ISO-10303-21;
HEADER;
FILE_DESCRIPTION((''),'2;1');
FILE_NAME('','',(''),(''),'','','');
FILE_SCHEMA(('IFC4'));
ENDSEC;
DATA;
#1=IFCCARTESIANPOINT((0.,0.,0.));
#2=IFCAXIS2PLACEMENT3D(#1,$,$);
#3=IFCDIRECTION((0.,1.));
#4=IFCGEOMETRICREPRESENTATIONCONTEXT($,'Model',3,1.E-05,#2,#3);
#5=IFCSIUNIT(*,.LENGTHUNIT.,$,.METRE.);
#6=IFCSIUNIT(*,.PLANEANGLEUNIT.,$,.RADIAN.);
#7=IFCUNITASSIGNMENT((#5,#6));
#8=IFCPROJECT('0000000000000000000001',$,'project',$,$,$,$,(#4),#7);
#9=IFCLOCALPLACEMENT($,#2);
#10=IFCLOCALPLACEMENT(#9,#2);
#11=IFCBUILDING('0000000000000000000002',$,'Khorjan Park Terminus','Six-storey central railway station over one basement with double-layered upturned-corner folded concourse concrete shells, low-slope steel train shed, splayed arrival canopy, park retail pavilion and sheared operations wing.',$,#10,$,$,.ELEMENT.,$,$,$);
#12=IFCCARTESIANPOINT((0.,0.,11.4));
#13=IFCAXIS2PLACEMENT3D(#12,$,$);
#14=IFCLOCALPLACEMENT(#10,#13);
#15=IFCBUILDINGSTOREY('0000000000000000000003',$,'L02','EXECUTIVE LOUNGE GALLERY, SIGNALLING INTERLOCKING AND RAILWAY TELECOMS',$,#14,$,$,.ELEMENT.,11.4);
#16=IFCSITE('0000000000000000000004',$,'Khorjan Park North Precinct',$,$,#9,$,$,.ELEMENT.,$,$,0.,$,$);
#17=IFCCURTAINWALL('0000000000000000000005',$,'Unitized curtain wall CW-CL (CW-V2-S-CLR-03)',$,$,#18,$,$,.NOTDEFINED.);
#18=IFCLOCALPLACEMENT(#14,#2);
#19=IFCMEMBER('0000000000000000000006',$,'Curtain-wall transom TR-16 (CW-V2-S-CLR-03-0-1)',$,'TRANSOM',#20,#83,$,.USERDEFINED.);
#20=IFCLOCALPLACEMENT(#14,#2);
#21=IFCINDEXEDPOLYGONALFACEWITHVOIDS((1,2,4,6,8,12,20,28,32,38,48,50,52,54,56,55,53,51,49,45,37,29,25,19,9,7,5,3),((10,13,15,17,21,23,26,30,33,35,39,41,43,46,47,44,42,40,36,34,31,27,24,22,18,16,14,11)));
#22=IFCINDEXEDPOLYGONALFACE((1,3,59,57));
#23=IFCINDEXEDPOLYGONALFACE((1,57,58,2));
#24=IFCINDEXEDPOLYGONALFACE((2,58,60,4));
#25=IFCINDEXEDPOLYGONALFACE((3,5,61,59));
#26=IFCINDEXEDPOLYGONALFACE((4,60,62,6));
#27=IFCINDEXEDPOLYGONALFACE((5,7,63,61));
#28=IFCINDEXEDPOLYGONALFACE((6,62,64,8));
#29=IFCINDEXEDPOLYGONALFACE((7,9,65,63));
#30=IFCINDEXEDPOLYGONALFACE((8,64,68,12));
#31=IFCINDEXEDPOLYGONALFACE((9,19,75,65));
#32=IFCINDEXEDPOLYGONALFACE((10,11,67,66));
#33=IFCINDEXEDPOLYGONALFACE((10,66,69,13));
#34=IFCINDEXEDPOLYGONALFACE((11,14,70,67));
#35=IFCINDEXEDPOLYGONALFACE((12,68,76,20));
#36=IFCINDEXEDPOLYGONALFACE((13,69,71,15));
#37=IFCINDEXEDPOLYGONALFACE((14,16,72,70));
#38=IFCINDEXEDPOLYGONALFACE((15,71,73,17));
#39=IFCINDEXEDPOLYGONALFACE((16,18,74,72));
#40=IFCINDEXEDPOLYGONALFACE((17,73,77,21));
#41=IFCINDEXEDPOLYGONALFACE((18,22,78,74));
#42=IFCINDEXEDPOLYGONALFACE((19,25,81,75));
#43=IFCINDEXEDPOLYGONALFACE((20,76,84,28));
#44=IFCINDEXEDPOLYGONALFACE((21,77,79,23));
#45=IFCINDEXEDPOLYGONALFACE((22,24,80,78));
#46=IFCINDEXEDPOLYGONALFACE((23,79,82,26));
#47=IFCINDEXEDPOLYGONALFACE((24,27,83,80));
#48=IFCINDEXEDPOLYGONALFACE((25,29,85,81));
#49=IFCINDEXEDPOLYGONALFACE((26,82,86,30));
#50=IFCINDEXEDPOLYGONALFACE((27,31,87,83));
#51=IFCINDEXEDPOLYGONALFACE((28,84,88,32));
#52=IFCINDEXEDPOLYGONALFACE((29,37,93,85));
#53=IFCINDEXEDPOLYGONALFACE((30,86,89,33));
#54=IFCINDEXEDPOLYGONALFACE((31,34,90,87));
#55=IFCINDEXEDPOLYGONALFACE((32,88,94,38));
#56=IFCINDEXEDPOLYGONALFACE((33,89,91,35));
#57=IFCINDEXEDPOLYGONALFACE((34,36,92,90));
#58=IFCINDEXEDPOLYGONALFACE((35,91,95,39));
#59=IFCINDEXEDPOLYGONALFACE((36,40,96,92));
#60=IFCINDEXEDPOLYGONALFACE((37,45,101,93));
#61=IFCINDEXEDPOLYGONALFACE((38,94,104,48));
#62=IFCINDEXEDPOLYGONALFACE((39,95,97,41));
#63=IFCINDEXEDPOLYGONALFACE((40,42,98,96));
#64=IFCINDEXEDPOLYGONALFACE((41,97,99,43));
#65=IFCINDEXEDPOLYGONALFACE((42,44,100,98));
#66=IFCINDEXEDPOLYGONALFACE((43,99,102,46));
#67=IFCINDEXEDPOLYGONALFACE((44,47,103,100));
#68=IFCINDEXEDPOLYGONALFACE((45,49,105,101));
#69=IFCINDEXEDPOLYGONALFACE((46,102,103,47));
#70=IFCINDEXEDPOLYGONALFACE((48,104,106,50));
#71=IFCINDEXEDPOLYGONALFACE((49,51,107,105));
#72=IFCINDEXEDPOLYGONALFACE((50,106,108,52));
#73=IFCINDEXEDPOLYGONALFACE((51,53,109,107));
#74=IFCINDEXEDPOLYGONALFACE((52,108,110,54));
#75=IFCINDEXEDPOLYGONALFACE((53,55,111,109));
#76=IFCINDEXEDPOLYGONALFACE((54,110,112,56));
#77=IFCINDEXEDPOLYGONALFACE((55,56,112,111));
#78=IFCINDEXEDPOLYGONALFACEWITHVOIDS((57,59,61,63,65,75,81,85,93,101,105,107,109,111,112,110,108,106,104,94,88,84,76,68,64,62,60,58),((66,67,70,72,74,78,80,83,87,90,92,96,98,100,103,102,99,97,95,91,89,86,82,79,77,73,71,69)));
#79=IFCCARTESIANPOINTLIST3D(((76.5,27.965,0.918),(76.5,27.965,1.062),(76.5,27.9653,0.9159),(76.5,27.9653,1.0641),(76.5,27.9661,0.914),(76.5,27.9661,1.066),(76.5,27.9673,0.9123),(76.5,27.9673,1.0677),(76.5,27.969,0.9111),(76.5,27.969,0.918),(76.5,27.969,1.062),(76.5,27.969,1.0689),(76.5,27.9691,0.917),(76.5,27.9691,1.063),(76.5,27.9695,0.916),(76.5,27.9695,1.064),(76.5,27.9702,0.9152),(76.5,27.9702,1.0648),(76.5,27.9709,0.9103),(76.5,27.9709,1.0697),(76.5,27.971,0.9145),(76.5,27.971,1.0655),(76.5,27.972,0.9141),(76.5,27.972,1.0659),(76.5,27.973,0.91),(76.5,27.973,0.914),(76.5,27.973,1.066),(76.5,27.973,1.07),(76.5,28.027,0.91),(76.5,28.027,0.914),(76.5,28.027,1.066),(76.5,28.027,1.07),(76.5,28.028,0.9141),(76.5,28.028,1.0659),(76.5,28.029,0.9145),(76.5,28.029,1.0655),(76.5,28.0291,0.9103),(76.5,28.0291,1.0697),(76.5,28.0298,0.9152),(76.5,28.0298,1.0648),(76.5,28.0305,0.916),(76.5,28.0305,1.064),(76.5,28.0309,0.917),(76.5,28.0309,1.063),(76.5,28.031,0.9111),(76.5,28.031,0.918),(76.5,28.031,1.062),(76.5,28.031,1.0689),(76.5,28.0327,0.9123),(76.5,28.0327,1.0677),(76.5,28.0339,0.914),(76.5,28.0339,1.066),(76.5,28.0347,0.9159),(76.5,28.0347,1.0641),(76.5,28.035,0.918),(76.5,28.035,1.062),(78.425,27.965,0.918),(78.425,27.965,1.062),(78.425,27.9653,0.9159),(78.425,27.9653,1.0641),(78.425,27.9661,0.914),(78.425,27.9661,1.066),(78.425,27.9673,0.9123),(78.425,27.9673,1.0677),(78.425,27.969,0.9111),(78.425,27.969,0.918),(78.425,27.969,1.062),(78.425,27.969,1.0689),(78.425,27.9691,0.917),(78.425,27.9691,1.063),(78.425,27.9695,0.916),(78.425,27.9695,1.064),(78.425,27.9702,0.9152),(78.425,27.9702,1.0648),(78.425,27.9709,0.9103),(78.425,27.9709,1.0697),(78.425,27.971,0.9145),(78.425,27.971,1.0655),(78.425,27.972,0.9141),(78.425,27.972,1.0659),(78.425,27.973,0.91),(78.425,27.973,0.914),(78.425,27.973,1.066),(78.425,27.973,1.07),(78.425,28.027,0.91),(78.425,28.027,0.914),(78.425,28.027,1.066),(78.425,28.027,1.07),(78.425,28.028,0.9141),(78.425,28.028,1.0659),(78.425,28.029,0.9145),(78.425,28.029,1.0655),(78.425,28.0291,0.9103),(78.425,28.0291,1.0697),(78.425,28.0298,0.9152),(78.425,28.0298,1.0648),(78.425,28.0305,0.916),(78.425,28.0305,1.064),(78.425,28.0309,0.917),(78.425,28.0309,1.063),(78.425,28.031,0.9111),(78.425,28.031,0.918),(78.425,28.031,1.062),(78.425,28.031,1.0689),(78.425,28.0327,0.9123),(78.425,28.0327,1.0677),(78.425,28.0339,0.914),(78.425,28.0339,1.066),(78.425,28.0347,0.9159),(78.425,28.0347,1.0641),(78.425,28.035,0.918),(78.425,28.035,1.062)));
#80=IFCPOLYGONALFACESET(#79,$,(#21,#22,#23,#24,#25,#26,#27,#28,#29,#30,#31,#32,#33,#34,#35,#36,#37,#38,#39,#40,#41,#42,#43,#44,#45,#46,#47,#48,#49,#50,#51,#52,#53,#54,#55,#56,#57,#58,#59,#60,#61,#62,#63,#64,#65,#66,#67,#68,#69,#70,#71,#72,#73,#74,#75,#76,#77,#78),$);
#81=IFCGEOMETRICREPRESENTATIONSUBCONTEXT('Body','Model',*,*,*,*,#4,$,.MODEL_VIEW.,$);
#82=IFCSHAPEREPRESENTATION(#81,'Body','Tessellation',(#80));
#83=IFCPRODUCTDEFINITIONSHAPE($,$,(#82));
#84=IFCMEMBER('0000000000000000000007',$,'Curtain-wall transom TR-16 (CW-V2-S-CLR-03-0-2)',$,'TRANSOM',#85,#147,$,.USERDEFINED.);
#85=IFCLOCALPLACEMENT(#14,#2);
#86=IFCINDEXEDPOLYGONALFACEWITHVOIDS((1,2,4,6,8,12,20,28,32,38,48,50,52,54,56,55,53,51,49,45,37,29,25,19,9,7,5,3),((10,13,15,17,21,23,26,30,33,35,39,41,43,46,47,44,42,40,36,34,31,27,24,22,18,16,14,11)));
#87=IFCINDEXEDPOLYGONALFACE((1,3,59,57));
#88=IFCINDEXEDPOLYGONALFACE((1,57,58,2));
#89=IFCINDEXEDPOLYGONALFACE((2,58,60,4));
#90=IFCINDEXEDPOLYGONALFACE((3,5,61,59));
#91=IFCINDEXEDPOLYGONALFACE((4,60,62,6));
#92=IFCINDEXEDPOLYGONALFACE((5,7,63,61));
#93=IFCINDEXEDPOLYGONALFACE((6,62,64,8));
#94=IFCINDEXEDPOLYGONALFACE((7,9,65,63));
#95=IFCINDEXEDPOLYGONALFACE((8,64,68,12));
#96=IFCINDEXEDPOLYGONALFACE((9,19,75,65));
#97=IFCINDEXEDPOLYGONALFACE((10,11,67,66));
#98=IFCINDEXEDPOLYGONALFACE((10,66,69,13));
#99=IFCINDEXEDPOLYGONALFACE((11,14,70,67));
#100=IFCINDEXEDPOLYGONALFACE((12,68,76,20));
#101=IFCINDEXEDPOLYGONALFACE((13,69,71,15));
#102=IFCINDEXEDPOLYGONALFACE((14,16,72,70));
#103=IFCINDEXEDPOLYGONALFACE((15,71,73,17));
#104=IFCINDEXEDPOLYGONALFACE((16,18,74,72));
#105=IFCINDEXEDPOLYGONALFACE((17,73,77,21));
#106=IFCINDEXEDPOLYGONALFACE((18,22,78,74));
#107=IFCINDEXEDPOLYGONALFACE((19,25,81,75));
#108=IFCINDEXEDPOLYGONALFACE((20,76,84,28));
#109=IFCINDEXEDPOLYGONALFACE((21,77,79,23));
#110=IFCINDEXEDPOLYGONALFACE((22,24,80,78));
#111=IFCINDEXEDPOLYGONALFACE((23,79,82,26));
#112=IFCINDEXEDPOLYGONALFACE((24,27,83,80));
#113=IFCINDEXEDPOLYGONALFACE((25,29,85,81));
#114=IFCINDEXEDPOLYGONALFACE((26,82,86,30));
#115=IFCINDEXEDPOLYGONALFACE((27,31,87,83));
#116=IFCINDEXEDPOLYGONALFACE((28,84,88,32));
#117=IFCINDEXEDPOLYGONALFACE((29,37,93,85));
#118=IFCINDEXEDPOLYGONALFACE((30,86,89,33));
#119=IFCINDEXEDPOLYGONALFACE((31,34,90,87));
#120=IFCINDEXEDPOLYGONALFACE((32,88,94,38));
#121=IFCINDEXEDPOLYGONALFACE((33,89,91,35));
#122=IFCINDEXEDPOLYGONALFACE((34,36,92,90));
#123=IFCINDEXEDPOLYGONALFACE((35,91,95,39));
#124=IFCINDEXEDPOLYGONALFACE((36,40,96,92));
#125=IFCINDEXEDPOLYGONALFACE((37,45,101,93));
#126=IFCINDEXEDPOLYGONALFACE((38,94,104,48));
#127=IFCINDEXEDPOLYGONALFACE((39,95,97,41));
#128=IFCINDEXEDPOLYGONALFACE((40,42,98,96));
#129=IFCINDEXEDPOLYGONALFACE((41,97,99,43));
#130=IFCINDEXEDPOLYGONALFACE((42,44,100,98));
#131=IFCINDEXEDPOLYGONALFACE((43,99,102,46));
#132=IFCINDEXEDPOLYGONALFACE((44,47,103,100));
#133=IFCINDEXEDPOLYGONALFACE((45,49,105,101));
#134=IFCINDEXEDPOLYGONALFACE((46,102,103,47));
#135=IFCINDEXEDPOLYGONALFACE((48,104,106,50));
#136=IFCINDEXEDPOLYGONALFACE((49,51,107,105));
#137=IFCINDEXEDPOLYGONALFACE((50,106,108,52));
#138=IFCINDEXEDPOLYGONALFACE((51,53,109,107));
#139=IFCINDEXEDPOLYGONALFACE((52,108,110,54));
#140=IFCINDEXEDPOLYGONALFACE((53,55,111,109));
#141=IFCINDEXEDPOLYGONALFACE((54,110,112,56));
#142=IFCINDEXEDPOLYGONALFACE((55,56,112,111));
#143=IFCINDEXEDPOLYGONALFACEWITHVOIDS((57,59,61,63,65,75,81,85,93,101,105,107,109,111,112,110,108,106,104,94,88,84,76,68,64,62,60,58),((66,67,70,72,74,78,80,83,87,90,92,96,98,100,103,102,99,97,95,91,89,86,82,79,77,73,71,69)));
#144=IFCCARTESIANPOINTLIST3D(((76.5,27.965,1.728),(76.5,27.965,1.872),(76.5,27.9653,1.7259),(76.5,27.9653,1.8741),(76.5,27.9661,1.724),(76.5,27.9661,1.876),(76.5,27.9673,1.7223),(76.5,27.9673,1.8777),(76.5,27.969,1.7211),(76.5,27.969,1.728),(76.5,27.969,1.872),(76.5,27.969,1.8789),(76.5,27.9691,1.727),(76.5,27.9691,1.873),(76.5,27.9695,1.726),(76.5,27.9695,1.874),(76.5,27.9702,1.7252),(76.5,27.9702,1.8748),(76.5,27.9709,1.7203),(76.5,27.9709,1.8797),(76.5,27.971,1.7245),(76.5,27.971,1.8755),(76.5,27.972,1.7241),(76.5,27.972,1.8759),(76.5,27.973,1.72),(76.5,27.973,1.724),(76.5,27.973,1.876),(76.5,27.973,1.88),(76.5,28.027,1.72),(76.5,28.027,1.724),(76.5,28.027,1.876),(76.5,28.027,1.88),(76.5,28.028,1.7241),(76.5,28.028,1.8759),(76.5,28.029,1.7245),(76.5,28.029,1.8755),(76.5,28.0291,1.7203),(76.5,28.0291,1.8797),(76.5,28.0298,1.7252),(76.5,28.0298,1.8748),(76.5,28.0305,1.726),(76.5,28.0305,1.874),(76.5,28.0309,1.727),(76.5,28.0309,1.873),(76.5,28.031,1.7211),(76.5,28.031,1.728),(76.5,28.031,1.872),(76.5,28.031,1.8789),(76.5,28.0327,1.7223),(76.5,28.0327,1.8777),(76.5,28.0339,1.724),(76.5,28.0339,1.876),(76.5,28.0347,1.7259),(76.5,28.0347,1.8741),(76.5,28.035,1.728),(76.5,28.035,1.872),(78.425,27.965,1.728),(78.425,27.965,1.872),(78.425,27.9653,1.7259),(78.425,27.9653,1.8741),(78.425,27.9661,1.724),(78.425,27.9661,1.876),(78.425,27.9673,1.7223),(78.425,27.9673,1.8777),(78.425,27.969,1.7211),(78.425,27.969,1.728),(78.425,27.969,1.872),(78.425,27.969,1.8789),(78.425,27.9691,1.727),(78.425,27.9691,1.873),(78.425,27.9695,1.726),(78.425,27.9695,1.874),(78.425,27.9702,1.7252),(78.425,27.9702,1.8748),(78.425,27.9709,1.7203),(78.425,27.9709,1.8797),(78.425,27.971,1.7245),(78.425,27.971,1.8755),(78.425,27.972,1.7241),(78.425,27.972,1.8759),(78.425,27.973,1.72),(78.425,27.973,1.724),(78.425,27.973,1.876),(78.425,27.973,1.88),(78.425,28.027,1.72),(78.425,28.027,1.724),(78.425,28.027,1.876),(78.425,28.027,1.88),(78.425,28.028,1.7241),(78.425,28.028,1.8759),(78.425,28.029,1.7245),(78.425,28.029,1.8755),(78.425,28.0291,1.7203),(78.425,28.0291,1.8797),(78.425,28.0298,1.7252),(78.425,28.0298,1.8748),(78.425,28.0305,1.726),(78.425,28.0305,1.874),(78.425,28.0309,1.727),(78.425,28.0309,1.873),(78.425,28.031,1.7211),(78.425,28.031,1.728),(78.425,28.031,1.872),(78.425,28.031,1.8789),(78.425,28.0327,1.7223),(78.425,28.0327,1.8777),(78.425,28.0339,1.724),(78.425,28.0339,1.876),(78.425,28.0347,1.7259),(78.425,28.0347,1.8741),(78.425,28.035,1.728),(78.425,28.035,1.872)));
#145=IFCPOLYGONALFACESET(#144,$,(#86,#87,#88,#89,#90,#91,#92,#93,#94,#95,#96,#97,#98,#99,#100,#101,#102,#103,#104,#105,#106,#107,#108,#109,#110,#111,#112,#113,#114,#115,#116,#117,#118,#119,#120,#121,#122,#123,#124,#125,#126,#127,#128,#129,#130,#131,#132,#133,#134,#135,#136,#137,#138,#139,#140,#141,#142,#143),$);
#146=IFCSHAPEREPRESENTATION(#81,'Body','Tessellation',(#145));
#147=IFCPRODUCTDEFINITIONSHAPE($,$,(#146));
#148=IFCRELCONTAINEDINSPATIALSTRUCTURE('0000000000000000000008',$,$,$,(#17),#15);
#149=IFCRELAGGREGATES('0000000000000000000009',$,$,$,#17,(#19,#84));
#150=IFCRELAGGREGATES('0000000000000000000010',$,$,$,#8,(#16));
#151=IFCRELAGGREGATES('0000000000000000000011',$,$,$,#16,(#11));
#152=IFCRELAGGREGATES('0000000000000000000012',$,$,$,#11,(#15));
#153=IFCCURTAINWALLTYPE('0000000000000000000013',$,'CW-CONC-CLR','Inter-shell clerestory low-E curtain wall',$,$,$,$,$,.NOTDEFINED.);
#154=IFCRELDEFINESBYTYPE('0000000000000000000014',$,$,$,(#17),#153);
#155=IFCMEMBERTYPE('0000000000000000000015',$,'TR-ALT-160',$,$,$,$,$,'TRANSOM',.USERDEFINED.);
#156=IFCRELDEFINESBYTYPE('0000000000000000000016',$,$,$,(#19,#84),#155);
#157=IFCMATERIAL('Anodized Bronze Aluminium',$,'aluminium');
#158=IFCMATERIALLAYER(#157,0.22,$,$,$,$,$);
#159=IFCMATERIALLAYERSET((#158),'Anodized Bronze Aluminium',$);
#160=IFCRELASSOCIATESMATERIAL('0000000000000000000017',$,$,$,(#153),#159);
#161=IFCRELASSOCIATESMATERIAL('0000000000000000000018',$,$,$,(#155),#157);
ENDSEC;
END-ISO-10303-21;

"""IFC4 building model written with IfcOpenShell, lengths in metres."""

from ifc_helpers import new_model, si_unit, direction, frame, origin, origin_2d, place, context, subcontext, project, spatial, hollow_rectangle, extrude, material, layer, layer_set, material_profile, profile_set, type_object, element, aggregate, save


model = new_model("IFC4")

# Units and contexts
model_context = context("Model", 3, precision=1e-05, world=origin(), true_north=direction((0.0, 1.0)))
body_context = subcontext(model_context, "Body", "Model", "MODEL_VIEW")
ifc_project = project(units=[si_unit("LENGTHUNIT", "METRE"), si_unit("PLANEANGLEUNIT", "RADIAN")], contexts=[model_context])

# Site, building, storey
site_placement = place(None, origin())
site = spatial("IfcSite", under=ifc_project, at=site_placement, Name="Khorjan Park North Precinct", CompositionType="ELEMENT", RefElevation=0.0)
building_placement = place(site_placement, origin())
building = spatial("IfcBuilding", under=site, at=building_placement, Name="Khorjan Park Terminus", Description="Six-storey central railway station over one basement with double-layered upturned-corner folded concourse concrete shells, low-slope steel train shed, splayed arrival canopy, park retail pavilion and sheared operations wing.", CompositionType="ELEMENT")
storey_placement = place(building_placement, frame((0.0, 0.0, 11.4)))
storey = spatial("IfcBuildingStorey", under=building, at=storey_placement, Name="L02", Description="EXECUTIVE LOUNGE GALLERY, SIGNALLING INTERLOCKING AND RAILWAY TELECOMS", CompositionType="ELEMENT", Elevation=11.4)

# Curtain wall
ifc_material_1 = material(Name="Anodized Bronze Aluminium", Category="aluminium")
ifc_layer_1 = layer(ifc_material_1, 0.22)
ifc_layer_set_1 = layer_set([ifc_layer_1], Name="Anodized Bronze Aluminium")
curtain_wall_type = type_object("IfcCurtainWallType", Name="CW-CONC-CLR", Description="Inter-shell clerestory low-E curtain wall", PredefinedType="NOTDEFINED", material=ifc_layer_set_1)
curtain_wall_1_placement = place(storey_placement, origin())
curtain_wall_1 = element("IfcCurtainWall", 1, at=curtain_wall_1_placement, inside=storey, type_object=curtain_wall_type, Name="Unitized curtain wall CW-CL (CW-V2-S-CLR-03)", PredefinedType="NOTDEFINED")

# Members
ifc_material_profile_1 = material_profile(ifc_material_1, hollow_rectangle(XDim=0.07, YDim=0.16, WallThickness=0.004, InnerFilletRadius=0.004, OuterFilletRadius=0.008, at=origin_2d()), Name="ALT 70x160x4")
ifc_profile_set_1 = profile_set([ifc_material_profile_1], Name="Anodized Bronze Aluminium")
member_type_1 = type_object("IfcMemberType", Name="TR-ALT-160", ElementType="TRANSOM", PredefinedType="USERDEFINED", material=ifc_profile_set_1)
member_1_placement = place(storey_placement, frame((76.5, 28.0, 0.99), z_axis=(1.0, 0.0, 0.0), x_axis=(0.0, 1.0, 0.0)))
member_1 = element("IfcMember", 2, at=member_1_placement, type_object=member_type_1, Name="Curtain-wall transom TR-16 (CW-V2-S-CLR-03-0-1)", ObjectType="TRANSOM", PredefinedType="USERDEFINED", context=body_context, shape_type="SweptSolid", body=[
    extrude(hollow_rectangle(XDim=0.07, YDim=0.16, WallThickness=0.004, InnerFilletRadius=0.004, OuterFilletRadius=0.008, at=origin_2d()), origin(), (0.0, 0.0, 1.0), 1.925),
])
member_2_placement = place(storey_placement, frame((76.5, 28.0, 1.8), z_axis=(1.0, 0.0, 0.0), x_axis=(0.0, 1.0, 0.0)))
member_2 = element("IfcMember", 3, at=member_2_placement, type_object=member_type_1, Name="Curtain-wall transom TR-16 (CW-V2-S-CLR-03-0-2)", ObjectType="TRANSOM", PredefinedType="USERDEFINED", context=body_context, shape_type="SweptSolid", body=[
    extrude(hollow_rectangle(XDim=0.07, YDim=0.16, WallThickness=0.004, InnerFilletRadius=0.004, OuterFilletRadius=0.008, at=origin_2d()), origin(), (0.0, 0.0, 1.0), 1.925),
])

aggregate(curtain_wall_1, [member_1, member_2])

save(model, "model.ifc")
